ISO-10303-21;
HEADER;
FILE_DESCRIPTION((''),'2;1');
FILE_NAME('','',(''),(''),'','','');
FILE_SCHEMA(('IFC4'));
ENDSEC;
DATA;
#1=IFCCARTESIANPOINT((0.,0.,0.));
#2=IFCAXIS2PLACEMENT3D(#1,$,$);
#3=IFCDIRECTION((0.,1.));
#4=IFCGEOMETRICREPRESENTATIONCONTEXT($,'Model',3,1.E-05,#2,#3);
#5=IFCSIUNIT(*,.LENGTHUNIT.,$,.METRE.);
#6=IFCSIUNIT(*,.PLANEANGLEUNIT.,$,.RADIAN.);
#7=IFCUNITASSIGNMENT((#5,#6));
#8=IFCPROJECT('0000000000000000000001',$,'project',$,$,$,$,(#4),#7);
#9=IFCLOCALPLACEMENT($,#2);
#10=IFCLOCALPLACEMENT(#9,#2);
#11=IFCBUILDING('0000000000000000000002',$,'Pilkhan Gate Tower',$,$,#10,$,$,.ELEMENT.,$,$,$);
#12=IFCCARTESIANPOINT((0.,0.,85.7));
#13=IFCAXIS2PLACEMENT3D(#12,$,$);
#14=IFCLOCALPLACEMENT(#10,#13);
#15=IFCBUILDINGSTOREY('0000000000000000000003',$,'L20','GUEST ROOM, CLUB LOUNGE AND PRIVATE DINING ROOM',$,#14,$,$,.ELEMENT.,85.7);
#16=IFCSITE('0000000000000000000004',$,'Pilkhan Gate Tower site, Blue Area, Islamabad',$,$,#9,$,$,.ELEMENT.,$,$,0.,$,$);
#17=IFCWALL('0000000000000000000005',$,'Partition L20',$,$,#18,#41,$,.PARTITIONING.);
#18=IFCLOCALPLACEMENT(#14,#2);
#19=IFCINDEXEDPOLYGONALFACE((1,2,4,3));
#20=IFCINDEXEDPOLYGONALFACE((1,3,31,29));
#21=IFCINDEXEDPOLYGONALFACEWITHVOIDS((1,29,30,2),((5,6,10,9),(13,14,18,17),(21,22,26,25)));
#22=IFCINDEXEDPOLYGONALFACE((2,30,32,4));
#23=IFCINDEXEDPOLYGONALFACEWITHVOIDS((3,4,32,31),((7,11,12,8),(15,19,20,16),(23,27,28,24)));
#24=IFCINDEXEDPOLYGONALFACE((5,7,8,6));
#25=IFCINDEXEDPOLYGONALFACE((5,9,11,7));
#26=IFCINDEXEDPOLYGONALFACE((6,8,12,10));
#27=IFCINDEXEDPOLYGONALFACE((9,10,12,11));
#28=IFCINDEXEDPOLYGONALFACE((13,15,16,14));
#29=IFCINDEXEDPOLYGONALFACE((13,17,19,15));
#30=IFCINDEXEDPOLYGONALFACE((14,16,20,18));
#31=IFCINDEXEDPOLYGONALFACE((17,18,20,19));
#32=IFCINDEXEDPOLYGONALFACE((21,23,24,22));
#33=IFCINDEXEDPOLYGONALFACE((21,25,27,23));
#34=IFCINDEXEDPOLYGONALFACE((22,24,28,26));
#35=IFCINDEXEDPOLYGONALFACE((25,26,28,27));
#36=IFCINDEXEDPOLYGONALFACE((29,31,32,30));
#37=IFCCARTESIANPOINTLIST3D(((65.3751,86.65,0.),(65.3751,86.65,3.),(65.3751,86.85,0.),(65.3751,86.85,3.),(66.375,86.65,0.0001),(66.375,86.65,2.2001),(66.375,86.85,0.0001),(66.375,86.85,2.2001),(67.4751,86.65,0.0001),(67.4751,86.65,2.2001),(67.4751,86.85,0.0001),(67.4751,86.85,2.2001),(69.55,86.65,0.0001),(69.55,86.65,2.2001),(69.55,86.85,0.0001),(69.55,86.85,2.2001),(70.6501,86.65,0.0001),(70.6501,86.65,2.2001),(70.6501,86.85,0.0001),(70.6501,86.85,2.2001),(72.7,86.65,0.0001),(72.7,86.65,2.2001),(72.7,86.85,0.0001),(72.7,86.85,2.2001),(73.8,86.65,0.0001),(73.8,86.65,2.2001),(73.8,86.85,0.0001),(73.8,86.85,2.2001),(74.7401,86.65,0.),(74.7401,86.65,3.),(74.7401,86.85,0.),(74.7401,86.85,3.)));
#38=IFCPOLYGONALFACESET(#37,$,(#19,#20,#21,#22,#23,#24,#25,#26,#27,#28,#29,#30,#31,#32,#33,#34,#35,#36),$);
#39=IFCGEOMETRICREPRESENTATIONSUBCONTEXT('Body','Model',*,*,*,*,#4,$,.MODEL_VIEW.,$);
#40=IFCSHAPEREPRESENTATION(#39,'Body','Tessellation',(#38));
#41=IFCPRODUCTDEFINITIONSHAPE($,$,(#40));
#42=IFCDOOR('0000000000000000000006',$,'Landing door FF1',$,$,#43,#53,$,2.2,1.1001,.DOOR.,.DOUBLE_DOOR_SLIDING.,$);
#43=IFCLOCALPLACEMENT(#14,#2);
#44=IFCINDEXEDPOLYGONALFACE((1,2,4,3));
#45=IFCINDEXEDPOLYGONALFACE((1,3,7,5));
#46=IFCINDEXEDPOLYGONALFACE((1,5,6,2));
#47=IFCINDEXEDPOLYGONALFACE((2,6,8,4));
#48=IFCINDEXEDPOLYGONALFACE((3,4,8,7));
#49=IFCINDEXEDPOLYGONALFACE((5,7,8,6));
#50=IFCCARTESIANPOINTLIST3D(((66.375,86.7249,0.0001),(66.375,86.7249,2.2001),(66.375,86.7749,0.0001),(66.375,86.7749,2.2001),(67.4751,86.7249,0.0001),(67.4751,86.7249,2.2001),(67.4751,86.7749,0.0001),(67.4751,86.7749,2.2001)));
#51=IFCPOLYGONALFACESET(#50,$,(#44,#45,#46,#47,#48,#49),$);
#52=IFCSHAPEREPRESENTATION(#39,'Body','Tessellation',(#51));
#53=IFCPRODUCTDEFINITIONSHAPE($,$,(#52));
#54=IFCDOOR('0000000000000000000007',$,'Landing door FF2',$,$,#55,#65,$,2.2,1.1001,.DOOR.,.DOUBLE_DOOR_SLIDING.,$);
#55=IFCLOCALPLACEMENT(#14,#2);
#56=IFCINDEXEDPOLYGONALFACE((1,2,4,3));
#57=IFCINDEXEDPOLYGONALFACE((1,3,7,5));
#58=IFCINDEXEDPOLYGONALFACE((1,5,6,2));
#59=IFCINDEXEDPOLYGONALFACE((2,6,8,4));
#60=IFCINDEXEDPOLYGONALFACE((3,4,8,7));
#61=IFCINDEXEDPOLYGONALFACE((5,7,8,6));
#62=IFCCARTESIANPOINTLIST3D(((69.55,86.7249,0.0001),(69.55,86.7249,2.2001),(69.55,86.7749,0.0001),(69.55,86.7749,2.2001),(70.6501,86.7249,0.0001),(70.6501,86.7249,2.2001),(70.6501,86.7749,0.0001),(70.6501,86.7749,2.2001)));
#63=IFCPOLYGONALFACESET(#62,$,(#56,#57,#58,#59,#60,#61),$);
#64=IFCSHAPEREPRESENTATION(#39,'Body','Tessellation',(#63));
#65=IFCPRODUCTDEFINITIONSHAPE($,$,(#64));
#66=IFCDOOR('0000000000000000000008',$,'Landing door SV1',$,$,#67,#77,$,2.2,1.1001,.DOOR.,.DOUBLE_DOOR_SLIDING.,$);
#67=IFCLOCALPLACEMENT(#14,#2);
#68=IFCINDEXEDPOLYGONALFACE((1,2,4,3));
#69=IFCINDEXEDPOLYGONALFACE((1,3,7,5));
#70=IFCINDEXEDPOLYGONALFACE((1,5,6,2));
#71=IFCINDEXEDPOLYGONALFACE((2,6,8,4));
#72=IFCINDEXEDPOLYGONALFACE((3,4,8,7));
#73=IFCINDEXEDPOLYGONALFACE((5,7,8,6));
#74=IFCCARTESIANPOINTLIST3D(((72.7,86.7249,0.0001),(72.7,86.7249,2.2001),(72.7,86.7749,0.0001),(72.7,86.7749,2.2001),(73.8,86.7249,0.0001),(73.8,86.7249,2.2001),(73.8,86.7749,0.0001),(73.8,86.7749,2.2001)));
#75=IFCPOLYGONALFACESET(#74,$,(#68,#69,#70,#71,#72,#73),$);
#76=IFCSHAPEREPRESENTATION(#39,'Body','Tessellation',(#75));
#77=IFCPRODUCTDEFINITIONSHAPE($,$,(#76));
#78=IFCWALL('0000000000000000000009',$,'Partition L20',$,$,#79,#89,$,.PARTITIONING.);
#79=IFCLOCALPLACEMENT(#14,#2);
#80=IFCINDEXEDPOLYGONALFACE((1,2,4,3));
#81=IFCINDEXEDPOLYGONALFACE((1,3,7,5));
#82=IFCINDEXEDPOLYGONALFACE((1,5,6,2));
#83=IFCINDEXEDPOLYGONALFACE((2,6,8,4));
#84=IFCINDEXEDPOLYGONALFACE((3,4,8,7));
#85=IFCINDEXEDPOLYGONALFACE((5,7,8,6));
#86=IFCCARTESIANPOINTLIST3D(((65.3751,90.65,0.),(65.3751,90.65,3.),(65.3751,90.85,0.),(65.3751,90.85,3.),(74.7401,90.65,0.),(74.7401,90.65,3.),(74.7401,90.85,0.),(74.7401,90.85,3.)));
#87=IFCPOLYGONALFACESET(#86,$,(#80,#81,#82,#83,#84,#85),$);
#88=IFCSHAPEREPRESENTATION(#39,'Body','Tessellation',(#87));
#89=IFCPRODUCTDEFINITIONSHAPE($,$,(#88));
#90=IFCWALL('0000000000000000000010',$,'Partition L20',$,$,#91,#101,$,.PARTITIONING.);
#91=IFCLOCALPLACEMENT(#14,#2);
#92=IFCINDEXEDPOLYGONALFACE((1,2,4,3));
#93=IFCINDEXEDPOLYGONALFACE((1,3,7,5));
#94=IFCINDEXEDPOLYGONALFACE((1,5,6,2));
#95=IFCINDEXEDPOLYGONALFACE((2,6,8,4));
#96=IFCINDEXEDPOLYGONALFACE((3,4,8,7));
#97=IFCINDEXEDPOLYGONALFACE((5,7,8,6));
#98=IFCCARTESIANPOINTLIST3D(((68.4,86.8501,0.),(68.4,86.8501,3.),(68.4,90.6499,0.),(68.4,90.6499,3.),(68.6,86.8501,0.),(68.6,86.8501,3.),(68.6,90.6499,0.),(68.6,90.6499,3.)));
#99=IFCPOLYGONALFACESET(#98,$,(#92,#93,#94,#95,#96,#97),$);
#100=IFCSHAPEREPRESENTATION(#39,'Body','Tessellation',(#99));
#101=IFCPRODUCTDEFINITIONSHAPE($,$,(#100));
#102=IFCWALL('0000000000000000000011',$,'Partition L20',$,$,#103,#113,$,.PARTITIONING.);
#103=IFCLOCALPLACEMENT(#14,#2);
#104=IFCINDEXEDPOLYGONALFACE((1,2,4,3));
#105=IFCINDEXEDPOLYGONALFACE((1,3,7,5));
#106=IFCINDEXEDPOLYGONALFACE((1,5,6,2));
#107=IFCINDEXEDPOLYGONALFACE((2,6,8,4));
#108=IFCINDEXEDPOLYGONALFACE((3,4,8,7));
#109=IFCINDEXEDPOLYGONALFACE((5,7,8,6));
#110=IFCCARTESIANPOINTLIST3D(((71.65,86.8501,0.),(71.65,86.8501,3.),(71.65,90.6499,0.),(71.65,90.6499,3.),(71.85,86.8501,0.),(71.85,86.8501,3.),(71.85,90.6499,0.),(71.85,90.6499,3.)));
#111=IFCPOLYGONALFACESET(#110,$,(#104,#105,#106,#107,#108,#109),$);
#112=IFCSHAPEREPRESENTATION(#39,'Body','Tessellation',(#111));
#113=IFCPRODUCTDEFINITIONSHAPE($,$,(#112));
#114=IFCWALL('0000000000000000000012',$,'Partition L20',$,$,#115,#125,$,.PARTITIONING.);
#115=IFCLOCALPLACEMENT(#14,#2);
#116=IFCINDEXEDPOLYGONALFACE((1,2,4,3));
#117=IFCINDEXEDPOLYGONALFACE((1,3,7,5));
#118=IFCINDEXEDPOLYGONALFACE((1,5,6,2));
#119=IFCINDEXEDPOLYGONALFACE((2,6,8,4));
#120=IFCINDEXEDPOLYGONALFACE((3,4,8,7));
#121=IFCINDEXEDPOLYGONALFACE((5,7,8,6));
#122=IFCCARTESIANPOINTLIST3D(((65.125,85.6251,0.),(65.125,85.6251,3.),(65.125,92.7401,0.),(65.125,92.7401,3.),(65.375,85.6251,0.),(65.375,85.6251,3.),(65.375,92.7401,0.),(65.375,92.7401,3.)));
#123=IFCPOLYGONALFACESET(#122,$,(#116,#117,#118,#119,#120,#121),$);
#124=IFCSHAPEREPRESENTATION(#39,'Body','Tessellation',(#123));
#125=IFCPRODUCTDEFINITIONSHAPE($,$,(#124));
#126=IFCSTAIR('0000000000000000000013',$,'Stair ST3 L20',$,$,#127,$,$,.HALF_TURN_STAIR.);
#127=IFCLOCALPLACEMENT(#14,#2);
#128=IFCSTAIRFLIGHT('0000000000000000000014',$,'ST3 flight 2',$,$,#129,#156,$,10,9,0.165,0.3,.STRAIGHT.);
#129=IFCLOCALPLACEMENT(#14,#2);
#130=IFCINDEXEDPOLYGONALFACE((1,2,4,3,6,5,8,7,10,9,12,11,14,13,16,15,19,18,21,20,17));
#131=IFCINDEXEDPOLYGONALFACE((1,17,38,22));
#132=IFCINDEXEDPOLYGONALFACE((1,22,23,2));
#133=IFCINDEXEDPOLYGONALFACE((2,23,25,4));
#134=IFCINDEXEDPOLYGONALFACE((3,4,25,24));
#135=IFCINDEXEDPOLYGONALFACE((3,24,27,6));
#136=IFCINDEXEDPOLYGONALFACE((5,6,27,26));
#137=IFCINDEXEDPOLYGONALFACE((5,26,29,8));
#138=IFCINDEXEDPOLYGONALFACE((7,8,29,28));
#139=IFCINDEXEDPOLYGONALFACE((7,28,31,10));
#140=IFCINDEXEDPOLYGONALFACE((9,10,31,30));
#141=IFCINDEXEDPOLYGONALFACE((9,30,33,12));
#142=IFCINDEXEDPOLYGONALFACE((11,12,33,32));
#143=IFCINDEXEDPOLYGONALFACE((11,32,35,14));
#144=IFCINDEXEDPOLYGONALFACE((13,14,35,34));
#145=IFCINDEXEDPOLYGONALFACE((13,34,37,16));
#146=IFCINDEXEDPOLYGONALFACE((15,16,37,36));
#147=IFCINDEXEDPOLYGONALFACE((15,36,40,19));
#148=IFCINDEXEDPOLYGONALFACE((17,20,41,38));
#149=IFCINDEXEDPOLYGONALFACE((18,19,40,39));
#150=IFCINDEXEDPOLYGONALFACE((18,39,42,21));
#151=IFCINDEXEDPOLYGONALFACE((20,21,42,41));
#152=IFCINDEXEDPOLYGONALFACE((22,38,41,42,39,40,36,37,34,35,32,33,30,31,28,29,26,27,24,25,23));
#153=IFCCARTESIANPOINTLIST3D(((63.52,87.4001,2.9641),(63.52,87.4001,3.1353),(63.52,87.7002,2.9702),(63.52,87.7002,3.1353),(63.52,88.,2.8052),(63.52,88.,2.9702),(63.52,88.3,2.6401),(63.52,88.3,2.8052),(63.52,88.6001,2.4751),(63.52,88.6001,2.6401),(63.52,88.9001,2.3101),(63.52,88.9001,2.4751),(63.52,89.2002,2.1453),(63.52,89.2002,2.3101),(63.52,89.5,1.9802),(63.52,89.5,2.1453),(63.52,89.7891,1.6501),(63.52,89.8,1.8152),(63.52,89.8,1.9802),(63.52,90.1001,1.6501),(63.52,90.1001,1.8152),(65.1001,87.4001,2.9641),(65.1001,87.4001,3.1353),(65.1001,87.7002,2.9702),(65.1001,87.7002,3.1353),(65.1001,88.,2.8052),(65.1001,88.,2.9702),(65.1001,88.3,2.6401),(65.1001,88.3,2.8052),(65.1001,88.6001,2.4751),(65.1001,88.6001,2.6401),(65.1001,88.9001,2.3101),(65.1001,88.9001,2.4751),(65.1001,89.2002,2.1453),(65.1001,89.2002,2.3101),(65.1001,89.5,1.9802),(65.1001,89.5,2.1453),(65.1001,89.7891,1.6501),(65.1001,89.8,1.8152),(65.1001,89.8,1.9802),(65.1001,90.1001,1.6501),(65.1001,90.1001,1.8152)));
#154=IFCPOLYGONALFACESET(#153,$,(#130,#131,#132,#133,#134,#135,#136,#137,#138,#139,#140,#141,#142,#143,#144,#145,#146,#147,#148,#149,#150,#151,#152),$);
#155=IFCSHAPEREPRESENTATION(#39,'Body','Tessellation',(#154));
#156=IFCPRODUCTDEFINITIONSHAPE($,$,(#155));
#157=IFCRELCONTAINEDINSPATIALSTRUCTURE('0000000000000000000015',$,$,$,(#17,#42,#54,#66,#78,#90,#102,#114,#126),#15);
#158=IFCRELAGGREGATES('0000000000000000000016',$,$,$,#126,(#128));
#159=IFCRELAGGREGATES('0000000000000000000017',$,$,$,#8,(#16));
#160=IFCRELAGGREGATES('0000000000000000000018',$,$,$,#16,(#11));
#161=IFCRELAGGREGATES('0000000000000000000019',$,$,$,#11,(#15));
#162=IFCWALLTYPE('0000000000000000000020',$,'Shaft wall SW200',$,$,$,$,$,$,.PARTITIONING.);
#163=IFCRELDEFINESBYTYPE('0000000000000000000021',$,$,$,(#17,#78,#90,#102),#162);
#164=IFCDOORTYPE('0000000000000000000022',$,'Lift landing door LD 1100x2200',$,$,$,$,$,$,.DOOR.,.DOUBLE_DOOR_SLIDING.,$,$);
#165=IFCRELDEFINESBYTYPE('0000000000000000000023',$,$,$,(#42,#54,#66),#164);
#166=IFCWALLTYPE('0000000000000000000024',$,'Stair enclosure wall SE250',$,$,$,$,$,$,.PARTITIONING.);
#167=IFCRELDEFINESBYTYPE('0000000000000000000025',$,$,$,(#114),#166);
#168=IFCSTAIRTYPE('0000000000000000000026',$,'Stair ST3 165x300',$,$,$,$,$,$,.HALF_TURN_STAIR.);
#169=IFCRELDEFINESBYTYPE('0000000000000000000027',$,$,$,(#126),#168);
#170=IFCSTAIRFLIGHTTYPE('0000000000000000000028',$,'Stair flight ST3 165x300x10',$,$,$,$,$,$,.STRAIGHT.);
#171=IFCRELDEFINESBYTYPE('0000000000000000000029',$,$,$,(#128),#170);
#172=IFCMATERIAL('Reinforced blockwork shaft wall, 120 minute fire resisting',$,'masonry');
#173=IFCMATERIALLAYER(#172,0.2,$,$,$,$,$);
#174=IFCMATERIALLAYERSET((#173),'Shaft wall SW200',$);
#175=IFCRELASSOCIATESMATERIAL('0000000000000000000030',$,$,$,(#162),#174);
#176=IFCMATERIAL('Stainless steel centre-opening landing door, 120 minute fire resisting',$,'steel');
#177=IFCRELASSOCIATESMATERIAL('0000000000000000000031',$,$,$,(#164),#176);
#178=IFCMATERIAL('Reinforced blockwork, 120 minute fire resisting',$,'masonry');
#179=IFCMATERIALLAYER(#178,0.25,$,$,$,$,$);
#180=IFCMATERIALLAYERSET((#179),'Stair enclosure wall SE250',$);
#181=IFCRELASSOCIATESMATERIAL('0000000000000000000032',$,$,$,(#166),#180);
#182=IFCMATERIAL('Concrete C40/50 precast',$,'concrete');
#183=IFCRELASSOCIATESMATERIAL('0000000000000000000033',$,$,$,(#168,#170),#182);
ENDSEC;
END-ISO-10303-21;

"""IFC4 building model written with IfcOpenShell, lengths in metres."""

from ifc_helpers import new_model, si_unit, direction, frame, frame_2d, origin, place, context, subcontext, project, spatial, polyline, rectangle, outline, extrude, material, layer, layer_set, type_object, element, fill, aggregate, save


model = new_model("IFC4")

# Units and contexts
model_context = context("Model", 3, precision=1e-05, world=origin(), true_north=direction((0.0, 1.0)))
body_context = subcontext(model_context, "Body", "Model", "MODEL_VIEW")
ifc_project = project(units=[si_unit("LENGTHUNIT", "METRE"), si_unit("PLANEANGLEUNIT", "RADIAN")], contexts=[model_context])

# Site, building, storey
site_placement = place(None, origin())
site = spatial("IfcSite", under=ifc_project, at=site_placement, Name="Pilkhan Gate Tower site, Blue Area, Islamabad", CompositionType="ELEMENT", RefElevation=0.0)
building_placement = place(site_placement, origin())
building = spatial("IfcBuilding", under=site, at=building_placement, Name="Pilkhan Gate Tower", CompositionType="ELEMENT")
storey_placement = place(building_placement, frame((0.0, 0.0, 85.7)))
storey = spatial("IfcBuildingStorey", under=building, at=storey_placement, Name="L20", Description="GUEST ROOM, CLUB LOUNGE AND PRIVATE DINING ROOM", CompositionType="ELEMENT", Elevation=85.7)

# Wall, openings, doors
ifc_material_1 = material(Name="Reinforced blockwork shaft wall, 120 minute fire resisting", Category="masonry")
ifc_layer_1 = layer(ifc_material_1, 0.2)
ifc_layer_set_1 = layer_set([ifc_layer_1], Name="Shaft wall SW200")
wall_type_1 = type_object("IfcWallType", Name="Shaft wall SW200", PredefinedType="PARTITIONING", material=ifc_layer_set_1)
wall_1_placement = place(storey_placement, frame((65.375, 86.75, 0.0), z_axis=(0.0, 0.0, 1.0), x_axis=(1.0, 0.0, 0.0)))
wall_1 = element("IfcWall", 1, at=wall_1_placement, inside=storey, type_object=wall_type_1, Name="Partition L20", PredefinedType="PARTITIONING", context=body_context, shape_type="SweptSolid", body=[
    extrude(rectangle(XDim=9.365, YDim=0.2, at=frame_2d((4.6826, 0.0))), origin(), (0.0, 0.0, 1.0), 3.0),
])
opening_1_placement = place(wall_1_placement, frame((1.0, 0.0, 0.0)))
opening_1 = element("IfcOpeningElement", 2, at=opening_1_placement, cuts=wall_1, PredefinedType="OPENING", context=body_context, shape_type="SweptSolid", body=[
    extrude(rectangle(XDim=1.1001, YDim=2.2, at=frame_2d((0.55, 1.1001))), frame((0.0, 0.1099, 0.0), z_axis=(0.0, -1.0, 0.0), x_axis=(1.0, 0.0, 0.0)), (0.0, 0.0, 1.0), 0.22),
])
opening_2_placement = place(wall_1_placement, frame((4.175, 0.0, 0.0)))
opening_2 = element("IfcOpeningElement", 3, at=opening_2_placement, cuts=wall_1, PredefinedType="OPENING", context=body_context, shape_type="SweptSolid", body=[
    extrude(rectangle(XDim=1.1001, YDim=2.2, at=frame_2d((0.55, 1.1001))), frame((0.0, 0.1099, 0.0), z_axis=(0.0, -1.0, 0.0), x_axis=(1.0, 0.0, 0.0)), (0.0, 0.0, 1.0), 0.22),
])
opening_3_placement = place(wall_1_placement, frame((7.325, 0.0, 0.0)))
opening_3 = element("IfcOpeningElement", 4, at=opening_3_placement, cuts=wall_1, PredefinedType="OPENING", context=body_context, shape_type="SweptSolid", body=[
    extrude(rectangle(XDim=1.1001, YDim=2.2, at=frame_2d((0.55, 1.1001))), frame((0.0, 0.1099, 0.0), z_axis=(0.0, -1.0, 0.0), x_axis=(1.0, 0.0, 0.0)), (0.0, 0.0, 1.0), 0.22),
])
ifc_material_2 = material(Name="Stainless steel centre-opening landing door, 120 minute fire resisting", Category="steel")
door_type = type_object("IfcDoorType", Name="Lift landing door LD 1100x2200", OperationType="DOUBLE_DOOR_SLIDING", PredefinedType="DOOR", material=ifc_material_2)
door_1_placement = place(opening_1_placement, origin())
door_1 = element("IfcDoor", 5, at=door_1_placement, inside=storey, type_object=door_type, Name="Landing door FF1", OperationType="DOUBLE_DOOR_SLIDING", OverallHeight=2.2, OverallWidth=1.1001, PredefinedType="DOOR", context=body_context, shape_type="SweptSolid", body=[
    extrude(rectangle(XDim=1.1001, YDim=2.2, at=frame_2d((0.55, 1.1001))), frame((0.0, 0.0249, 0.0), z_axis=(0.0, -1.0, 0.0), x_axis=(1.0, 0.0, 0.0)), (0.0, 0.0, 1.0), 0.05),
])
fill(opening_1, door_1)
door_2_placement = place(opening_2_placement, origin())
door_2 = element("IfcDoor", 6, at=door_2_placement, inside=storey, type_object=door_type, Name="Landing door FF2", OperationType="DOUBLE_DOOR_SLIDING", OverallHeight=2.2, OverallWidth=1.1001, PredefinedType="DOOR", context=body_context, shape_type="SweptSolid", body=[
    extrude(rectangle(XDim=1.1001, YDim=2.2, at=frame_2d((0.55, 1.1001))), frame((0.0, 0.0249, 0.0), z_axis=(0.0, -1.0, 0.0), x_axis=(1.0, 0.0, 0.0)), (0.0, 0.0, 1.0), 0.05),
])
fill(opening_2, door_2)
door_3_placement = place(opening_3_placement, origin())
door_3 = element("IfcDoor", 7, at=door_3_placement, inside=storey, type_object=door_type, Name="Landing door SV1", OperationType="DOUBLE_DOOR_SLIDING", OverallHeight=2.2, OverallWidth=1.1001, PredefinedType="DOOR", context=body_context, shape_type="SweptSolid", body=[
    extrude(rectangle(XDim=1.1001, YDim=2.2, at=frame_2d((0.55, 1.1001))), frame((0.0, 0.0249, 0.0), z_axis=(0.0, -1.0, 0.0), x_axis=(1.0, 0.0, 0.0)), (0.0, 0.0, 1.0), 0.05),
])
fill(opening_3, door_3)

# Walls
wall_2_placement = place(storey_placement, frame((65.375, 90.75, 0.0), z_axis=(0.0, 0.0, 1.0), x_axis=(1.0, 0.0, 0.0)))
element("IfcWall", 8, at=wall_2_placement, inside=storey, type_object=wall_type_1, Name="Partition L20", PredefinedType="PARTITIONING", context=body_context, shape_type="SweptSolid", body=[
    extrude(rectangle(XDim=9.365, YDim=0.2, at=frame_2d((4.6826, 0.0))), origin(), (0.0, 0.0, 1.0), 3.0),
])
for number, where, z_axis, x_axis, name in (
    (9, (68.5, 86.8501, 0.0), (0.0, 0.0, 1.0), (0.0, 1.0, 0.0), "Partition L20"),
    (10, (71.75, 86.8501, 0.0), (0.0, 0.0, 1.0), (0.0, 1.0, 0.0), "Partition L20"),
):
    element("IfcWall", number, at=place(storey_placement, frame(where, z_axis=z_axis, x_axis=x_axis)), inside=storey, type_object=wall_type_1, Name=name, PredefinedType="PARTITIONING", context=body_context, shape_type="SweptSolid", body=[
        extrude(rectangle(XDim=3.7998, YDim=0.2, at=frame_2d((1.8999, 0.0))), origin(), (0.0, 0.0, 1.0), 3.0),
    ])
ifc_material_3 = material(Name="Reinforced blockwork, 120 minute fire resisting", Category="masonry")
ifc_layer_2 = layer(ifc_material_3, 0.25)
ifc_layer_set_2 = layer_set([ifc_layer_2], Name="Stair enclosure wall SE250")
wall_type_2 = type_object("IfcWallType", Name="Stair enclosure wall SE250", PredefinedType="PARTITIONING", material=ifc_layer_set_2)
wall_3_placement = place(storey_placement, frame((65.25, 85.625, 0.0), z_axis=(0.0, 0.0, 1.0), x_axis=(0.0, 1.0, 0.0)))
element("IfcWall", 11, at=wall_3_placement, inside=storey, type_object=wall_type_2, Name="Partition L20", PredefinedType="PARTITIONING", context=body_context, shape_type="SweptSolid", body=[
    extrude(rectangle(XDim=7.115, YDim=0.25, at=frame_2d((3.5576, 0.0))), origin(), (0.0, 0.0, 1.0), 3.0),
])

# Stair, stair flight
ifc_material_4 = material(Name="Concrete C40/50 precast", Category="concrete")
stair_type = type_object("IfcStairType", Name="Stair ST3 165x300", PredefinedType="HALF_TURN_STAIR", material=ifc_material_4)
stair_placement = place(storey_placement, origin())
stair = element("IfcStair", 12, at=stair_placement, inside=storey, type_object=stair_type, Name="Stair ST3 L20", PredefinedType="HALF_TURN_STAIR")
stair_flight_type = type_object("IfcStairFlightType", Name="Stair flight ST3 165x300x10", PredefinedType="STRAIGHT", material=ifc_material_4)
stair_flight_placement = place(storey_placement, frame((64.3101, 90.1001, 1.6501), z_axis=(0.0, 0.0, 1.0), x_axis=(0.0, -1.0, 0.0)))
stair_flight = element("IfcStairFlight", 13, at=stair_flight_placement, type_object=stair_flight_type, Name="ST3 flight 2", NumberOfRisers=10, NumberOfTreads=9, PredefinedType="STRAIGHT", RiserHeight=0.165, TreadLength=0.3, context=body_context, shape_type="SweptSolid", body=[
    extrude(outline(polyline([(0.0, 0.0), (0.0, 0.165), (0.3, 0.165), (0.3, 0.3301), (0.6001, 0.3301), (0.6001, 0.4951), (0.8999, 0.4951), (0.8999, 0.6599), (1.2, 0.6599), (1.2, 0.825), (1.5, 0.825), (1.5, 0.99), (1.8, 0.99), (1.8, 1.155), (2.1001, 1.155), (2.1001, 1.3201), (2.3999, 1.3201), (2.3999, 1.4851), (2.7, 1.4851), (2.7, 1.6499), (2.7, 1.314), (0.311, 0.0), (0.0, 0.0)])), frame((0.0, 0.79, 0.0), z_axis=(0.0, -1.0, 0.0), x_axis=(1.0, 0.0, 0.0)), (0.0, 0.0, 1.0), 1.5801),
])
aggregate(stair, [stair_flight])

save(model, "model.ifc")
